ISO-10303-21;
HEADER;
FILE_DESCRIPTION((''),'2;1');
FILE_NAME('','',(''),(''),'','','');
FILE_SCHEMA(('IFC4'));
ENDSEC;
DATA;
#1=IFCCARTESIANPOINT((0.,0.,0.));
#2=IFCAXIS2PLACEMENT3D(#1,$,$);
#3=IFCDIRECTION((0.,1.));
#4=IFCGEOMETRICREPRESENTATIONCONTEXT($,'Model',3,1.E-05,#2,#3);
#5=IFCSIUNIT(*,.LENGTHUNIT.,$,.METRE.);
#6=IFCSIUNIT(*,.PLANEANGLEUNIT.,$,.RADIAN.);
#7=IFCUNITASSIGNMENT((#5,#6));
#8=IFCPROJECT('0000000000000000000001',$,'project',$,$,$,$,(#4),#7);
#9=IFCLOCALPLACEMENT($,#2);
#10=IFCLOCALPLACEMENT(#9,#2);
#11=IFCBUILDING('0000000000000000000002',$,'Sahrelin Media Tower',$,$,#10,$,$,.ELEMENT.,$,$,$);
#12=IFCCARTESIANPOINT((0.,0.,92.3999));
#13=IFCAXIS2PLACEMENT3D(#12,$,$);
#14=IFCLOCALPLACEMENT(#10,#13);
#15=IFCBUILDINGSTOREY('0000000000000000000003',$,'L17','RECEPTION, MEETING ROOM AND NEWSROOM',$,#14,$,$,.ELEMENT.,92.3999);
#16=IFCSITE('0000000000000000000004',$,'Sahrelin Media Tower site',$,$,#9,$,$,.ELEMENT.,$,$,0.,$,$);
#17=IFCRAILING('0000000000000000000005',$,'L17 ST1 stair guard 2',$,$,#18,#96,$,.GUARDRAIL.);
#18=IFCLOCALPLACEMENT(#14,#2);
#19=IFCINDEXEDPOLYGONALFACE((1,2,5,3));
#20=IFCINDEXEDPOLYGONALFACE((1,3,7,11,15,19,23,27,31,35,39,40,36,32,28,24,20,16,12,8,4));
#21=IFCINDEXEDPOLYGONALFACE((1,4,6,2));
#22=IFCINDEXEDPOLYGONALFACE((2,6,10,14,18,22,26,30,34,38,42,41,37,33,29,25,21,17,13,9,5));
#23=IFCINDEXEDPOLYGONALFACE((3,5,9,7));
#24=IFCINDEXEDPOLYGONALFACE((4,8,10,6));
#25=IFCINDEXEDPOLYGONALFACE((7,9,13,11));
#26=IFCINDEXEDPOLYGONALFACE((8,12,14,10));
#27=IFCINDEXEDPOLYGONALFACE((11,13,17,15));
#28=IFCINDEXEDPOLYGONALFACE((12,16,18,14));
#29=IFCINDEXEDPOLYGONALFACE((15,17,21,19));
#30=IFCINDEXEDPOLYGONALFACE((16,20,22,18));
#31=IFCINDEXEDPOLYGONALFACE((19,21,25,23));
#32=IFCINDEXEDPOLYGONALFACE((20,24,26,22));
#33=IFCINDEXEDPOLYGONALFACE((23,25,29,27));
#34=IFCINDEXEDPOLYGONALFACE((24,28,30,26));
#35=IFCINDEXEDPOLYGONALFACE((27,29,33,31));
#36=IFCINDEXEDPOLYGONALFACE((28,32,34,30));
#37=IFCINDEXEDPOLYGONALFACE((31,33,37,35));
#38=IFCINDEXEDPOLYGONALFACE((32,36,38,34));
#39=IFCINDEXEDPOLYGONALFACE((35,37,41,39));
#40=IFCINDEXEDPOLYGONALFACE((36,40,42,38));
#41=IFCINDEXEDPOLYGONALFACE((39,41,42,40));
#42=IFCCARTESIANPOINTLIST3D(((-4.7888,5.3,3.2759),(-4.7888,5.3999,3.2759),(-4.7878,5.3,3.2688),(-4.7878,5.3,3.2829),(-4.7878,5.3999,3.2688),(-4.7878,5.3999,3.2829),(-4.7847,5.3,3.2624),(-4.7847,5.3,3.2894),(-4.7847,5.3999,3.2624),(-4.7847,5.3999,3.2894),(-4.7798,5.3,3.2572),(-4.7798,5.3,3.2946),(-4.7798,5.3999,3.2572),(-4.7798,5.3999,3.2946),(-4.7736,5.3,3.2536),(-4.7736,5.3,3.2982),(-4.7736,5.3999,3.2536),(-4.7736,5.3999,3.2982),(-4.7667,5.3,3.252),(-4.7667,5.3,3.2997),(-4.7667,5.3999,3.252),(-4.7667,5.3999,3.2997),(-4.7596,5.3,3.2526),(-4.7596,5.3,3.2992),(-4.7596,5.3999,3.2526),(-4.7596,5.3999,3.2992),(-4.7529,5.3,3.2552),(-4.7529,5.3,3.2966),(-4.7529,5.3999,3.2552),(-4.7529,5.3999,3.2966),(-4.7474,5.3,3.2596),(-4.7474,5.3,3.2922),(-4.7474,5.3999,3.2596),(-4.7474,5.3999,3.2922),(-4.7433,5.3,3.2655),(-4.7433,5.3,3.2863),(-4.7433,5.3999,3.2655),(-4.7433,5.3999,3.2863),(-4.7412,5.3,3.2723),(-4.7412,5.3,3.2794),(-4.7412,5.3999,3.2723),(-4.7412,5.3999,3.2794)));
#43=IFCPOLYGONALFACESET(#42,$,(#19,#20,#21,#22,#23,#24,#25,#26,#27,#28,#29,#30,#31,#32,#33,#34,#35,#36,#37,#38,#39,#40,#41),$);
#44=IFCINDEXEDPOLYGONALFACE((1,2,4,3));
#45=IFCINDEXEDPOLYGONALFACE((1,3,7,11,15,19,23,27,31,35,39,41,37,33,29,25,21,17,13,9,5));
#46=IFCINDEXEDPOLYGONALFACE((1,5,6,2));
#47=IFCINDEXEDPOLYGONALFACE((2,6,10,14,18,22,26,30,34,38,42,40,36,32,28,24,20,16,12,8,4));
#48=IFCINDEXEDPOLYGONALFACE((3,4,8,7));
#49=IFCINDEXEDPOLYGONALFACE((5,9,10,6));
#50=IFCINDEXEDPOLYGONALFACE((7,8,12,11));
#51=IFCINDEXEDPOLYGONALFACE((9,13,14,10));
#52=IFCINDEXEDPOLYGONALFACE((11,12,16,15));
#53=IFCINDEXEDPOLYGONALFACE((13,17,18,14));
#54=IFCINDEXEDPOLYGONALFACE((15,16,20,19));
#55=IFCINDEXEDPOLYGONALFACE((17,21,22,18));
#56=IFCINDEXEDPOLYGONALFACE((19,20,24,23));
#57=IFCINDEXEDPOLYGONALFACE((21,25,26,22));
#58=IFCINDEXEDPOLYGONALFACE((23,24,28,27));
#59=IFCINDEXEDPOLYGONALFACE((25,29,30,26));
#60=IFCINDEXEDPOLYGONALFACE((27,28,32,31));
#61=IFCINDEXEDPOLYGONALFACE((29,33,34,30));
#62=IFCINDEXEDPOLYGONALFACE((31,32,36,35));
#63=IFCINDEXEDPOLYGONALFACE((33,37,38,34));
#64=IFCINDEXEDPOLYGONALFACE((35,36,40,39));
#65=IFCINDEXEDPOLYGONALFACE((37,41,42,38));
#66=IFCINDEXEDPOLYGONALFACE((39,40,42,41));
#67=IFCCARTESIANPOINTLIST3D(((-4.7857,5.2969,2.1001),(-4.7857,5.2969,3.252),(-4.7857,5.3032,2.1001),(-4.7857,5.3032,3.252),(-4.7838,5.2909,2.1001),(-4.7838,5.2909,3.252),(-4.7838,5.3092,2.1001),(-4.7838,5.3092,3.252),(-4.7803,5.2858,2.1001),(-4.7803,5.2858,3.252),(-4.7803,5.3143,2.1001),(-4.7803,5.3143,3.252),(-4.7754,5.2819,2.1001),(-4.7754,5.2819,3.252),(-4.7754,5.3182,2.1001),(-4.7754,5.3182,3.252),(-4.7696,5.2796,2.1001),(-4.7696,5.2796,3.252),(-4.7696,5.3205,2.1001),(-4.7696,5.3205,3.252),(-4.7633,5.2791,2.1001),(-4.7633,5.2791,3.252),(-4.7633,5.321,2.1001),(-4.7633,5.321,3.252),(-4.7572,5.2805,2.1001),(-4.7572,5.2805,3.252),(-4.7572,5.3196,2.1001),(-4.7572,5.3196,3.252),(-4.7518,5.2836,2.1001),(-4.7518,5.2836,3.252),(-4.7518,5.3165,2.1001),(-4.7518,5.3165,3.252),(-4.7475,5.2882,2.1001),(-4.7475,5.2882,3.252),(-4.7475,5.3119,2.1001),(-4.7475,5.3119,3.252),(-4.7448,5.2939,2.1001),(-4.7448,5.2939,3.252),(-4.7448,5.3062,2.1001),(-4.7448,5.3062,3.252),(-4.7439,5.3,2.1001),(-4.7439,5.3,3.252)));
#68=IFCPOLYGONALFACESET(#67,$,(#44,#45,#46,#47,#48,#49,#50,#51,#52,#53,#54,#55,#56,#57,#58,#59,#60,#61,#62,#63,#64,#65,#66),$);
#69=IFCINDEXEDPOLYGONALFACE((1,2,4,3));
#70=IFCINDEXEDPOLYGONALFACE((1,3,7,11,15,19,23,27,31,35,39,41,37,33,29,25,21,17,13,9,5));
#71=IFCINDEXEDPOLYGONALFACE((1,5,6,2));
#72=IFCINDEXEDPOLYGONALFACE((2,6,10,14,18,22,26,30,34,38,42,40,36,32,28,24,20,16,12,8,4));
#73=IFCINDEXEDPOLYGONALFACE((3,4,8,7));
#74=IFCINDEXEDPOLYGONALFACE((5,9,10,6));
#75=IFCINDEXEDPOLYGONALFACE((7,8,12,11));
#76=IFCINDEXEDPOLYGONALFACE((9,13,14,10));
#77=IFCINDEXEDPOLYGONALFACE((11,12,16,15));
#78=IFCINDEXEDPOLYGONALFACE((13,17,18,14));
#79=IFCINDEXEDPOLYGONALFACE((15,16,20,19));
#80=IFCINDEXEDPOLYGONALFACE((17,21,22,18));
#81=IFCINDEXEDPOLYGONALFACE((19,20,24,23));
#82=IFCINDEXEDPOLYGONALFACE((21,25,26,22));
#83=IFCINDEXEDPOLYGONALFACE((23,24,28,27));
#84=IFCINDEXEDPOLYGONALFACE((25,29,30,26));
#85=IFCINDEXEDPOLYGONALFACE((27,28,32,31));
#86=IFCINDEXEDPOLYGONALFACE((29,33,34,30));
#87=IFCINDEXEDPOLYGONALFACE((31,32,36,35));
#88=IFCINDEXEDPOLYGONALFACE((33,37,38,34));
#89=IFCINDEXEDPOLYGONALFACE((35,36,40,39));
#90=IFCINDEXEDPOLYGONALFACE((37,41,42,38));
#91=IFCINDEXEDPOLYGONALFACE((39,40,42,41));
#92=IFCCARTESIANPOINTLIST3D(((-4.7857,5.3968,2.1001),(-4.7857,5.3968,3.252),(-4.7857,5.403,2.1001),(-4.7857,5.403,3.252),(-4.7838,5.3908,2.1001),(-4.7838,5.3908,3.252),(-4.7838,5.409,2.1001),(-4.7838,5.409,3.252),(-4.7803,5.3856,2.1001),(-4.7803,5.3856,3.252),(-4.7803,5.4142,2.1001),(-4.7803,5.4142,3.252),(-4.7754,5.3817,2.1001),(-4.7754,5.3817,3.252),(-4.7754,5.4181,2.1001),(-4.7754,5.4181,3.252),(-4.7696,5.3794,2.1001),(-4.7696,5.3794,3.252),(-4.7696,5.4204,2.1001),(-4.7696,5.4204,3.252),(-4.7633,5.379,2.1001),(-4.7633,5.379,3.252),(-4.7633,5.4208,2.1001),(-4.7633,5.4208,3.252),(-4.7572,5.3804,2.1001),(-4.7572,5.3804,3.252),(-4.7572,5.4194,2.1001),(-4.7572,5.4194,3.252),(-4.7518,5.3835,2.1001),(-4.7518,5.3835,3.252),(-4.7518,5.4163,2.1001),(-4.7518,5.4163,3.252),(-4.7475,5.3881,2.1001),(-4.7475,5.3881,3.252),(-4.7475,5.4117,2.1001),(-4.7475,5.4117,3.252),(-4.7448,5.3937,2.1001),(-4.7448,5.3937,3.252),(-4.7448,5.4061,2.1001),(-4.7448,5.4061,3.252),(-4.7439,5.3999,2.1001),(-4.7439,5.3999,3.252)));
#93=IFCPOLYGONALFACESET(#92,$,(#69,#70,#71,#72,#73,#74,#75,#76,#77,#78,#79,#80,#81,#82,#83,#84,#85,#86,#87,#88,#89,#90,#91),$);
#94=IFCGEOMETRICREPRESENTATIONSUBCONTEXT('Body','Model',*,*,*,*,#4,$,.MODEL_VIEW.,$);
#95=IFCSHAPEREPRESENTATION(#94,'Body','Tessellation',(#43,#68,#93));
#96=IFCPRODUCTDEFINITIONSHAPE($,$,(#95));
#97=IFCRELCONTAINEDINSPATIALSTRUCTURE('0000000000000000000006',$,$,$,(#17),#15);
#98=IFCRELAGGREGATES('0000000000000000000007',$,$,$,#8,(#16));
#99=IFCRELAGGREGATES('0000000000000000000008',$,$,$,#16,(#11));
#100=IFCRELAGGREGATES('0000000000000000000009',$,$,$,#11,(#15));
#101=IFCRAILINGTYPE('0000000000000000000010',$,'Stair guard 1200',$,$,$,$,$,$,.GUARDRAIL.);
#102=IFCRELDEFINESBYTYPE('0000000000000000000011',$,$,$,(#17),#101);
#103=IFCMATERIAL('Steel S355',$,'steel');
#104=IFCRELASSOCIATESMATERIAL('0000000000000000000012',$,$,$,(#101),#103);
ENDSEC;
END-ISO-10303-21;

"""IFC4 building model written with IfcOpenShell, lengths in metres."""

from ifc_helpers import new_model, si_unit, direction, frame, origin, origin_2d, place, context, subcontext, project, spatial, circle, extrude, material, type_object, element, save


model = new_model("IFC4")

# Units and contexts
model_context = context("Model", 3, precision=1e-05, world=origin(), true_north=direction((0.0, 1.0)))
body_context = subcontext(model_context, "Body", "Model", "MODEL_VIEW")
ifc_project = project(units=[si_unit("LENGTHUNIT", "METRE"), si_unit("PLANEANGLEUNIT", "RADIAN")], contexts=[model_context])

# Site, building, storey
site_placement = place(None, origin())
site = spatial("IfcSite", under=ifc_project, at=site_placement, Name="Sahrelin Media Tower site", CompositionType="ELEMENT", RefElevation=0.0)
building_placement = place(site_placement, origin())
building = spatial("IfcBuilding", under=site, at=building_placement, Name="Sahrelin Media Tower", CompositionType="ELEMENT")
storey_placement = place(building_placement, frame((0.0, 0.0, 92.3999)))
storey = spatial("IfcBuildingStorey", under=building, at=storey_placement, Name="L17", Description="RECEPTION, MEETING ROOM AND NEWSROOM", CompositionType="ELEMENT", Elevation=92.3999)

# Shared definitions
ifc_material_1 = material(Name="Steel S355", Category="steel")

# Railing
railing_type_1 = type_object("IfcRailingType", Name="Stair guard 1200", PredefinedType="GUARDRAIL", material=ifc_material_1)
railing_1_placement = place(storey_placement, frame((-4.7649, 5.3, 2.1001)))
element("IfcRailing", 1, at=railing_1_placement, inside=storey, type_object=railing_type_1, Name="L17 ST1 stair guard 2", PredefinedType="GUARDRAIL", context=body_context, shape_type="SweptSolid", body=[
    extrude(circle(Radius=0.0239, at=origin_2d()), frame((0.0, 0.0, 1.1758), z_axis=(0.0, 1.0, 0.0), x_axis=(-1.0, 0.0, 0.0)), (0.0, 0.0, 1.0), 0.0999),
    extrude(circle(Radius=0.021, at=origin_2d()), origin(), (0.0, 0.0, 1.0), 1.1519),
    extrude(circle(Radius=0.021, at=origin_2d()), frame((0.0, 0.0999, 0.0)), (0.0, 0.0, 1.0), 1.1519),
])

save(model, "model.ifc")
